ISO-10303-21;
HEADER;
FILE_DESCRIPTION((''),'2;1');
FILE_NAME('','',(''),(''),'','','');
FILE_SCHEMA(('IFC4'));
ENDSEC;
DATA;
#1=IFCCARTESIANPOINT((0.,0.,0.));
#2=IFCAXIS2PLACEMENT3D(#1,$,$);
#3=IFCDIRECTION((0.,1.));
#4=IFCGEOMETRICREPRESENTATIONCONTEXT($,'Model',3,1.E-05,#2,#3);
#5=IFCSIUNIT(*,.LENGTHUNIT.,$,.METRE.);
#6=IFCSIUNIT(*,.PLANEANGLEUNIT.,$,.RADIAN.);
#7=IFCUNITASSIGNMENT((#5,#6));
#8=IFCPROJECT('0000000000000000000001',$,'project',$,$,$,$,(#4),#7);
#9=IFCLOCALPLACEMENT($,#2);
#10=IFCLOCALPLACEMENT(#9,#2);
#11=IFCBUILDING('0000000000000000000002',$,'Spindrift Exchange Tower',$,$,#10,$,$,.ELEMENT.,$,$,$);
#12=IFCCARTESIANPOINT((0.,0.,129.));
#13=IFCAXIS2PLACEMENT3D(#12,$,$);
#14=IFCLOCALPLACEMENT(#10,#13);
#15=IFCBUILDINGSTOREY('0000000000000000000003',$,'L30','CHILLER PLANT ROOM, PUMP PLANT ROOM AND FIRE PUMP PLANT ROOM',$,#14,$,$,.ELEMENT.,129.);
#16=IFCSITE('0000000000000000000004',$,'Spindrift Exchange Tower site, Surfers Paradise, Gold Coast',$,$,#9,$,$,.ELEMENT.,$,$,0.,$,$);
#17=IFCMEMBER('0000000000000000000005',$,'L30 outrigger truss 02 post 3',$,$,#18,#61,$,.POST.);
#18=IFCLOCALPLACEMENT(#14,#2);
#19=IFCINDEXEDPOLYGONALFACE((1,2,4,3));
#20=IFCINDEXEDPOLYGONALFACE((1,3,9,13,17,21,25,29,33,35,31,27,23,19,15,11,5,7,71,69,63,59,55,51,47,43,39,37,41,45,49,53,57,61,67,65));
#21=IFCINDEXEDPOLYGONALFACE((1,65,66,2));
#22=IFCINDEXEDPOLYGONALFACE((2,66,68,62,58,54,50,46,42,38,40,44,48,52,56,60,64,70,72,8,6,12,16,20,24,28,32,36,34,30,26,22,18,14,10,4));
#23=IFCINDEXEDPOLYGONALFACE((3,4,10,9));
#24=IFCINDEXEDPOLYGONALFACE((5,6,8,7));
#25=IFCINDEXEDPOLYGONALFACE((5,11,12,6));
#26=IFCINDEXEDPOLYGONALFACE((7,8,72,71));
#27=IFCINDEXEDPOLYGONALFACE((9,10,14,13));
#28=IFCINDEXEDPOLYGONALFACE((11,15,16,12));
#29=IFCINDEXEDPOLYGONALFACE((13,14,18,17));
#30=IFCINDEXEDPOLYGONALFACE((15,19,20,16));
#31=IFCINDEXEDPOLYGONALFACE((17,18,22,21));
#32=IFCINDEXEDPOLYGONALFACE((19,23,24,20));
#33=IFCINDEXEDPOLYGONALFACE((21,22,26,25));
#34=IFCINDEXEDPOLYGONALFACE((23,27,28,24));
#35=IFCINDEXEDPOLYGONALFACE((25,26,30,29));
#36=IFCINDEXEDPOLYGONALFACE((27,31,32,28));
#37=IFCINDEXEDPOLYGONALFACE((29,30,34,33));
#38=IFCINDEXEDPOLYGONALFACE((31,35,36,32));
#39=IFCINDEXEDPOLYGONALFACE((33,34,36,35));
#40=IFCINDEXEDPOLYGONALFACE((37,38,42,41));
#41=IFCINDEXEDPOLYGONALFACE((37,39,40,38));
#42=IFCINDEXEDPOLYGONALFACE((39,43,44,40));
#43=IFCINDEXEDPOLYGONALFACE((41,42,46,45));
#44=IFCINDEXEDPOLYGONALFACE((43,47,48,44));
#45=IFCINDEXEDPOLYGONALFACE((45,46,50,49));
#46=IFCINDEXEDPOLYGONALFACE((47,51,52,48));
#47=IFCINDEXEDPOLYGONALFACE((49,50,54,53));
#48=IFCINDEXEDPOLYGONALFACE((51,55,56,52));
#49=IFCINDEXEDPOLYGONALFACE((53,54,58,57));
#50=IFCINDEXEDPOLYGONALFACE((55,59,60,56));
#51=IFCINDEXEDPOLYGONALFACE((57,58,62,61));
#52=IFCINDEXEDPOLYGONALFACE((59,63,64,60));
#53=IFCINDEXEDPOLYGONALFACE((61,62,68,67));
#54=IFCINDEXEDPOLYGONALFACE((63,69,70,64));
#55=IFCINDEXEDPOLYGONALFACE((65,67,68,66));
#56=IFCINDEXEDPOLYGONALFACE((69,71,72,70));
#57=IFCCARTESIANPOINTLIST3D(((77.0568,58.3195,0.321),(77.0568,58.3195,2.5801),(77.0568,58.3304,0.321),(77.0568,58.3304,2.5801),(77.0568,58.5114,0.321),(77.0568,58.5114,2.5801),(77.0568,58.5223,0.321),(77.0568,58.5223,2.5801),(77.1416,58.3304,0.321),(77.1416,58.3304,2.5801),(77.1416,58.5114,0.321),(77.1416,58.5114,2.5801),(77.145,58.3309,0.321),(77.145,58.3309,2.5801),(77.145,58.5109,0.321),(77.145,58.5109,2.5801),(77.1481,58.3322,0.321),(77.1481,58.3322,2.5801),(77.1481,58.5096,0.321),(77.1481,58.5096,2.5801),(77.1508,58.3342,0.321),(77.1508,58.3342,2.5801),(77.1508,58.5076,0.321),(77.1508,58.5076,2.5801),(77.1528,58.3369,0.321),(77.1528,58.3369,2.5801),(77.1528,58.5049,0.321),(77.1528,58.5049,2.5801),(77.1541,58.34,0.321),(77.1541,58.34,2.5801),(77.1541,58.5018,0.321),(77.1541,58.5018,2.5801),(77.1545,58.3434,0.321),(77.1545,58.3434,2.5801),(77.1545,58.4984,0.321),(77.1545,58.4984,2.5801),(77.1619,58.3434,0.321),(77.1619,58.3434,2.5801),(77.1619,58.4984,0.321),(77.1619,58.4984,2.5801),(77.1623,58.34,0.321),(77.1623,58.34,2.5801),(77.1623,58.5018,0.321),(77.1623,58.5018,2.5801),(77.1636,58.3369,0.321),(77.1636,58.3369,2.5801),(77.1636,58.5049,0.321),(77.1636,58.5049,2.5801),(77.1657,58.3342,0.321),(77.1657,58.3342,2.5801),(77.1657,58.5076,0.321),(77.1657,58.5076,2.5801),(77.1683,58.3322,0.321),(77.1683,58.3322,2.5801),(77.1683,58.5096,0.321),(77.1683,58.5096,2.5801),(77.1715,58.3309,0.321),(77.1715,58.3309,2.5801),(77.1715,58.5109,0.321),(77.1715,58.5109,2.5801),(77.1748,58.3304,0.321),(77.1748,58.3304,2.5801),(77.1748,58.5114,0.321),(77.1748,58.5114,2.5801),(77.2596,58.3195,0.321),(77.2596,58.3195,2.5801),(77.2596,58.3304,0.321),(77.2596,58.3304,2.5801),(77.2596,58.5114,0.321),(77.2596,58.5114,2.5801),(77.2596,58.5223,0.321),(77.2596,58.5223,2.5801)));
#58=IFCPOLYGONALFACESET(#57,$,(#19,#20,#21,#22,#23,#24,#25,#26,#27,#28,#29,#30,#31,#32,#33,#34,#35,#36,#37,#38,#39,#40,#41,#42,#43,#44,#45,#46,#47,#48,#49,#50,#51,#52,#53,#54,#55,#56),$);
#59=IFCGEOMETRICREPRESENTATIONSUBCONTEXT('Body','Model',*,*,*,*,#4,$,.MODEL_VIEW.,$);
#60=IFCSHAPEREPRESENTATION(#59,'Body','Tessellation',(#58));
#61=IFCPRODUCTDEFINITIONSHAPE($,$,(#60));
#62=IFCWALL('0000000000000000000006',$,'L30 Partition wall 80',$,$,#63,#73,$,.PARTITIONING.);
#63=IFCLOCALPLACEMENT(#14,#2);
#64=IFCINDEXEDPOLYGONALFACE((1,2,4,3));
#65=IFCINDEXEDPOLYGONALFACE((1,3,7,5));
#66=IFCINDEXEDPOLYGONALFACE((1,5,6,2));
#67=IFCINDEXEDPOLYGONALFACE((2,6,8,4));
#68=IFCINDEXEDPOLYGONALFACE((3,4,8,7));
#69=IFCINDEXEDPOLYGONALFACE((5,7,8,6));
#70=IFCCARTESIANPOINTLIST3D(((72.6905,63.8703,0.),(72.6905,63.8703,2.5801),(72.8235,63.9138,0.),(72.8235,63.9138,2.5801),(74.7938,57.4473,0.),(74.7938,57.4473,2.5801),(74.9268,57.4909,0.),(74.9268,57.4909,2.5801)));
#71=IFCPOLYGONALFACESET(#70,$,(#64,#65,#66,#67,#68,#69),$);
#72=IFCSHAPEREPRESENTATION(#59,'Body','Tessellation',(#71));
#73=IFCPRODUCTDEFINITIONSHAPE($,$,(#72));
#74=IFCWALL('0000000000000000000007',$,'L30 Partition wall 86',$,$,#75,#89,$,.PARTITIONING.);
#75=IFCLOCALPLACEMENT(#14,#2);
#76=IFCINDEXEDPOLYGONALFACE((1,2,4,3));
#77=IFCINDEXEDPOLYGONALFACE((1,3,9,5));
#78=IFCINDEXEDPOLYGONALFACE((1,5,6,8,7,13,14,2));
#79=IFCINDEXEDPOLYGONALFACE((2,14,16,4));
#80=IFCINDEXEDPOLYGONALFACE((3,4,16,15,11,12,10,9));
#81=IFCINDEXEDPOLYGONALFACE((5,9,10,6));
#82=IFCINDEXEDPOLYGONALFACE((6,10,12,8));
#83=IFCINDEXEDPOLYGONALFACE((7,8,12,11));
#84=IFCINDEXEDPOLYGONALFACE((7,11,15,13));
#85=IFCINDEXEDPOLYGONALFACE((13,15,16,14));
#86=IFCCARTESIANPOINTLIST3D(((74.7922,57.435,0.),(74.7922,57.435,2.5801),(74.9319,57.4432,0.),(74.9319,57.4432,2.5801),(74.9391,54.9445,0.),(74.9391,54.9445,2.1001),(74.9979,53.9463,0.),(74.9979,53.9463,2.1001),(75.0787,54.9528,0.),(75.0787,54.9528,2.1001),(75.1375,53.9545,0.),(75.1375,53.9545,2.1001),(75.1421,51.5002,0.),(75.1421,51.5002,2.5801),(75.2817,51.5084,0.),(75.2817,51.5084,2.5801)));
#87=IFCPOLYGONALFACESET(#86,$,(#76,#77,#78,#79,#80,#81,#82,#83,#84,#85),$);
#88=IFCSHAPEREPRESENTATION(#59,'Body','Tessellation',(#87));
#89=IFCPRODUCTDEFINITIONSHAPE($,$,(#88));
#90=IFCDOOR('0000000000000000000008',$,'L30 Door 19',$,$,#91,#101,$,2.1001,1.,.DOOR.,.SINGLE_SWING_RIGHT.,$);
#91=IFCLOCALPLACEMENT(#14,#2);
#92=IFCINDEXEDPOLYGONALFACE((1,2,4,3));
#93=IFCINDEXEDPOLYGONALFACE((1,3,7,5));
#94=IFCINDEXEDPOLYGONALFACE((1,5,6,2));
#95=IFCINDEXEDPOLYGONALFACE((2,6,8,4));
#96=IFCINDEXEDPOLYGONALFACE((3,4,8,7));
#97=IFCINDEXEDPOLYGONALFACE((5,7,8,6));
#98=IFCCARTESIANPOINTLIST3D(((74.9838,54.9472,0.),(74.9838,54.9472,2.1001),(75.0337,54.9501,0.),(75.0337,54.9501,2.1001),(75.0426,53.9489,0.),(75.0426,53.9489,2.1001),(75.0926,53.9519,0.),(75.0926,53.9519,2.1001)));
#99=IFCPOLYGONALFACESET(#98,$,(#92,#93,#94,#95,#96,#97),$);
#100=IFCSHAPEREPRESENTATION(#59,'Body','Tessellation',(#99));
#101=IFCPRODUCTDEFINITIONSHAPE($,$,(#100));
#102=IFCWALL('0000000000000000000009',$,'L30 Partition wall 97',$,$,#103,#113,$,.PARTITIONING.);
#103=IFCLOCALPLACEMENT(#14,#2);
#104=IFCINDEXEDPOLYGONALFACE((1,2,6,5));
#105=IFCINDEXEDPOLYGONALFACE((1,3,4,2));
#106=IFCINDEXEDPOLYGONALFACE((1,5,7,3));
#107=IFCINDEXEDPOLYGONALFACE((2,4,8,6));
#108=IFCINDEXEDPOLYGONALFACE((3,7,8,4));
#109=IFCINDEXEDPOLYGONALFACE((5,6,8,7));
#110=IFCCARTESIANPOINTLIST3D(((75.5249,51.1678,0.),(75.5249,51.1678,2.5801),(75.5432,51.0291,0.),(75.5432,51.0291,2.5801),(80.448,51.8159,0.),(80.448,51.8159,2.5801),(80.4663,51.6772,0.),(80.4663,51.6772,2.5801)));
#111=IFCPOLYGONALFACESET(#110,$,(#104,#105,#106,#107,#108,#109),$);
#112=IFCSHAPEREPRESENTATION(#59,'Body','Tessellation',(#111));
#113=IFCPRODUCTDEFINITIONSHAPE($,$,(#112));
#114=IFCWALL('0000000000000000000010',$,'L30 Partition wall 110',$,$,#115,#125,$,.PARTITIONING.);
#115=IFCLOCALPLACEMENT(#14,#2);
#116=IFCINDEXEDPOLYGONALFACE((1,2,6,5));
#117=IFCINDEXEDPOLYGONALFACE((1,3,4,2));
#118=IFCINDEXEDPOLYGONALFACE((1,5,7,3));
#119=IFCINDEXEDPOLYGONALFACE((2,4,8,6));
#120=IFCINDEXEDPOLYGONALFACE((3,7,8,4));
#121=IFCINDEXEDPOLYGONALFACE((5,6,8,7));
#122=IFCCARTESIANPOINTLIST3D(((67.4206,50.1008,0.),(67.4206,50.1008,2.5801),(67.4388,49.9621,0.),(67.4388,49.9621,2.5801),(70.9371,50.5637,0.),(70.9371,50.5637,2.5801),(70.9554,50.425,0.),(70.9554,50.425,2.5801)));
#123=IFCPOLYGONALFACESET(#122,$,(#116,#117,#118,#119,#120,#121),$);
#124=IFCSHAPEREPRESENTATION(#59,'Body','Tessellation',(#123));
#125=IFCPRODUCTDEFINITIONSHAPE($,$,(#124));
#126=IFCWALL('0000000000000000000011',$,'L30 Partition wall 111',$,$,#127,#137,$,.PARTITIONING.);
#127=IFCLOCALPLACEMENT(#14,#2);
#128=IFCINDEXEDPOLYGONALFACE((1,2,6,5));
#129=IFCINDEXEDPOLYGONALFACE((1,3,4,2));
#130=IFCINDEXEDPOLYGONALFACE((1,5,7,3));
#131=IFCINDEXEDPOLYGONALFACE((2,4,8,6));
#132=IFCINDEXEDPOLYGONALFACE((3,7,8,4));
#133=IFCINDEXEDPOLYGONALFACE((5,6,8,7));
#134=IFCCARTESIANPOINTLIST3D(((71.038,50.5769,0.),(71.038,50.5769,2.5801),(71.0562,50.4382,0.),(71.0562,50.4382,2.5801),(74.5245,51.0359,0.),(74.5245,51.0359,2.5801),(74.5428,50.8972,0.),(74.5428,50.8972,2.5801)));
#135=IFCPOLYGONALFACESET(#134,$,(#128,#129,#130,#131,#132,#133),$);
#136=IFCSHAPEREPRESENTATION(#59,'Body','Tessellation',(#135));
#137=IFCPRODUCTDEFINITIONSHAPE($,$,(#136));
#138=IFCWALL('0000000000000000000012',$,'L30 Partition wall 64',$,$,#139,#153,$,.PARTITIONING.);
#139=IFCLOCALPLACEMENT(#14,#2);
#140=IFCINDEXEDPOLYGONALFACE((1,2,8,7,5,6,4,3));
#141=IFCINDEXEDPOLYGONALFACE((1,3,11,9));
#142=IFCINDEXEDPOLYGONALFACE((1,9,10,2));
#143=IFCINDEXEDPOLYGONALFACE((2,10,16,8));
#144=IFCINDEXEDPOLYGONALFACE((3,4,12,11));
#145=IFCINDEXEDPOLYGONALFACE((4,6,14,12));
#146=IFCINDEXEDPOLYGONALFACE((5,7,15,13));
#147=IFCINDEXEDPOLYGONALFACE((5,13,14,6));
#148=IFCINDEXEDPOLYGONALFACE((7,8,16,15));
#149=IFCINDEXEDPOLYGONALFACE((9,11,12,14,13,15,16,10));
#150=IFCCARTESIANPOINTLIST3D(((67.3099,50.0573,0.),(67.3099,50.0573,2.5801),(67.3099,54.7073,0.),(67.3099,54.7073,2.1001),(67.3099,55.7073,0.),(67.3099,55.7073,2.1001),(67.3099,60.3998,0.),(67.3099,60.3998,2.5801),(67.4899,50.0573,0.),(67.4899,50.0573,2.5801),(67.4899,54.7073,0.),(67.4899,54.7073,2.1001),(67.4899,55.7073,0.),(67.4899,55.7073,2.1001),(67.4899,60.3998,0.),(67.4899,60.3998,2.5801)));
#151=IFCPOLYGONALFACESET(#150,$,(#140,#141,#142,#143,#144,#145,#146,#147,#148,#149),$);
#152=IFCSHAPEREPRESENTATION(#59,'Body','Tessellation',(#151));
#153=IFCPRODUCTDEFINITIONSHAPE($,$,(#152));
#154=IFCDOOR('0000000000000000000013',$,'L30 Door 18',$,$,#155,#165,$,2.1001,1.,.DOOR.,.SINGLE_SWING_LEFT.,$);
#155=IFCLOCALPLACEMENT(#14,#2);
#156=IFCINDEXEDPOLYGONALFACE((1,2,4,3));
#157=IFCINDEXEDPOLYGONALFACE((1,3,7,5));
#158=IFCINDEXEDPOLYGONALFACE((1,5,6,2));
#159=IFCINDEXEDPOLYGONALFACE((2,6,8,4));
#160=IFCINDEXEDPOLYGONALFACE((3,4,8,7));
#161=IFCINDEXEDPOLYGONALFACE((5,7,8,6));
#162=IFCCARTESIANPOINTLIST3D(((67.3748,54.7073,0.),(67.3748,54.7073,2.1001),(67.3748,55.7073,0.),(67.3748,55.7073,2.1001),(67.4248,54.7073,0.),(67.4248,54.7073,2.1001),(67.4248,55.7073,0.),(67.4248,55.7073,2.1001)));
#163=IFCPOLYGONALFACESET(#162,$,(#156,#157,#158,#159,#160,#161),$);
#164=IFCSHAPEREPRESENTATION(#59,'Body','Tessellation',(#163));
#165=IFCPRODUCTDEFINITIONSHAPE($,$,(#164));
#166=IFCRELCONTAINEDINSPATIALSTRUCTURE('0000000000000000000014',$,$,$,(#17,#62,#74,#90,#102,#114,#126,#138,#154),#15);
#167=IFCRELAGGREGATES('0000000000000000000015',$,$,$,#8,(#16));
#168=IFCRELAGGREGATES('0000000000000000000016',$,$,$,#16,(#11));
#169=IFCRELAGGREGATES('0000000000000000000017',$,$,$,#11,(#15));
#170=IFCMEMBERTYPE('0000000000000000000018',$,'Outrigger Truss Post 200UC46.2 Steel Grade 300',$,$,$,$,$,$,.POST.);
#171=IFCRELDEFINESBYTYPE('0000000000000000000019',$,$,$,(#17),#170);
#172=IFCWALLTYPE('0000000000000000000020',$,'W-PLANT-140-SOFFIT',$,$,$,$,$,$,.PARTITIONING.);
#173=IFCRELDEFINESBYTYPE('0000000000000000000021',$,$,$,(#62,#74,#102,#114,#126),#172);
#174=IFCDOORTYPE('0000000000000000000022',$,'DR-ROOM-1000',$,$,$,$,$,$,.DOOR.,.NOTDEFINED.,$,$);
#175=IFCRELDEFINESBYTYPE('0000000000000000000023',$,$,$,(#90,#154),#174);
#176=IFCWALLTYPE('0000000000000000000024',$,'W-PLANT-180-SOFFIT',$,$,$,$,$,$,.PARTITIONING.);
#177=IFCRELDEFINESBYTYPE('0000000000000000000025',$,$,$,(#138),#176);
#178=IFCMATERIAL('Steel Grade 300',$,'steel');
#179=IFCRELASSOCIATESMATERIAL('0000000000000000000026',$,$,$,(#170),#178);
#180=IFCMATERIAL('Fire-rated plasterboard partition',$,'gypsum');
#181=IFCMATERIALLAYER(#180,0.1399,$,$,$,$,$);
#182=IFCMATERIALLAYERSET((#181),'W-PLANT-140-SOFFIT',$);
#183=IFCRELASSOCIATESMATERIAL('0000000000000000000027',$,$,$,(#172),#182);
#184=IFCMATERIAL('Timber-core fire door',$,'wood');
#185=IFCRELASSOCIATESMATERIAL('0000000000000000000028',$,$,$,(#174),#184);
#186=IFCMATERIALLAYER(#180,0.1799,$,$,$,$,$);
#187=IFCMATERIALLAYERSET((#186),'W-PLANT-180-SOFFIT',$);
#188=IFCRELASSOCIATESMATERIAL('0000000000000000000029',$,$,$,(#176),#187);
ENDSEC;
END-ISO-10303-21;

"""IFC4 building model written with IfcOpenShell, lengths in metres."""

from ifc_helpers import new_model, si_unit, direction, frame, frame_2d, origin, origin_2d, place, context, subcontext, project, spatial, rectangle, i_section, extrude, source, transform, mapped, material, layer, layer_set, material_profile, profile_set, type_object, element, fill, save


model = new_model("IFC4")

# Units and contexts
model_context = context("Model", 3, precision=1e-05, world=origin(), true_north=direction((0.0, 1.0)))
body_context = subcontext(model_context, "Body", "Model", "MODEL_VIEW")
ifc_project = project(units=[si_unit("LENGTHUNIT", "METRE"), si_unit("PLANEANGLEUNIT", "RADIAN")], contexts=[model_context])

# Site, building, storey
site_placement = place(None, origin())
site = spatial("IfcSite", under=ifc_project, at=site_placement, Name="Spindrift Exchange Tower site, Surfers Paradise, Gold Coast", CompositionType="ELEMENT", RefElevation=0.0)
building_placement = place(site_placement, origin())
building = spatial("IfcBuilding", under=site, at=building_placement, Name="Spindrift Exchange Tower", CompositionType="ELEMENT")
storey_placement = place(building_placement, frame((0.0, 0.0, 129.0)))
storey = spatial("IfcBuildingStorey", under=building, at=storey_placement, Name="L30", Description="CHILLER PLANT ROOM, PUMP PLANT ROOM AND FIRE PUMP PLANT ROOM", CompositionType="ELEMENT", Elevation=129.0)

# Shared definitions
ifc_material_1 = material(Name="Steel Grade 300", Category="steel")

# Member
ifc_material_profile_1 = material_profile(ifc_material_1, i_section(OverallWidth=0.2029, OverallDepth=0.2029, WebThickness=0.0073, FlangeThickness=0.011, FilletRadius=0.0129, at=origin_2d()), Name="200UC46.2")
ifc_profile_set_1 = profile_set([ifc_material_profile_1], Name="Steel Grade 300")
member_type_1 = type_object("IfcMemberType", Name="Outrigger Truss Post 200UC46.2 Steel Grade 300", PredefinedType="POST", material=ifc_profile_set_1)
shared_shape_1 = source(origin(), body_context, "Body", "SweptSolid", [
    extrude(i_section(OverallWidth=0.2029, OverallDepth=0.2029, WebThickness=0.0073, FlangeThickness=0.011, FilletRadius=0.0129, at=origin_2d()), origin(), (0.0, 0.0, 1.0), 2.259),
])
for number, where, z_axis, x_axis, name in (
    (1, (77.1582, 58.4209, 0.321), (0.0, 0.0, 1.0), (1.0, 0.0, 0.0), "L30 outrigger truss 02 post 3"),
):
    element("IfcMember", number, at=place(storey_placement, frame(where, z_axis=z_axis, x_axis=x_axis)), inside=storey, type_object=member_type_1, Name=name, PredefinedType="POST", context=body_context, shape_type="MappedRepresentation", body=[
        mapped(shared_shape_1, transform((0.0, 0.0, 0.0), scale=1.0)),
    ])

# Wall
ifc_material_2 = material(Name="Fire-rated plasterboard partition", Category="gypsum")
ifc_layer_1 = layer(ifc_material_2, 0.1399)
ifc_layer_set_1 = layer_set([ifc_layer_1], Name="W-PLANT-140-SOFFIT")
wall_type_1 = type_object("IfcWallType", Name="W-PLANT-140-SOFFIT", PredefinedType="PARTITIONING", material=ifc_layer_set_1)
wall_1_placement = place(storey_placement, frame((74.8604, 57.469, 0.0), z_axis=(0.0, 0.0, 1.0), x_axis=(-0.311206, 0.950343, 0.0)))
element("IfcWall", 2, at=wall_1_placement, inside=storey, type_object=wall_type_1, Name="L30 Partition wall 80", PredefinedType="PARTITIONING", context=body_context, shape_type="SweptSolid", body=[
    extrude(rectangle(XDim=6.7585, YDim=0.1399, at=frame_2d((3.3794, 0.0))), origin(), (0.0, 0.0, 1.0), 2.5801),
])

# Wall, opening, door
wall_2_placement = place(storey_placement, frame((74.8621, 57.4392, 0.0), z_axis=(0.0, 0.0, 1.0), x_axis=(0.058847, -0.998267, 0.0)))
wall_2 = element("IfcWall", 3, at=wall_2_placement, inside=storey, type_object=wall_type_1, Name="L30 Partition wall 86", PredefinedType="PARTITIONING", context=body_context, shape_type="SweptSolid", body=[
    extrude(rectangle(XDim=5.9451, YDim=0.1399, at=frame_2d((2.9727, 0.0))), origin(), (0.0, 0.0, 1.0), 2.5801),
])
opening_1_placement = place(wall_2_placement, frame((2.4949, 0.0, 0.0)))
opening_1 = element("IfcOpeningElement", 4, at=opening_1_placement, cuts=wall_2, PredefinedType="OPENING", context=body_context, shape_type="SweptSolid", body=[
    extrude(rectangle(XDim=1.0, YDim=2.1001, at=frame_2d((0.5, 1.05))), frame((0.0, 0.0798, 0.0), z_axis=(0.0, -1.0, 0.0), x_axis=(1.0, 0.0, 0.0)), (0.0, 0.0, 1.0), 0.1599),
])
ifc_material_3 = material(Name="Timber-core fire door", Category="wood")
door_type = type_object("IfcDoorType", Name="DR-ROOM-1000", OperationType="NOTDEFINED", PredefinedType="DOOR", material=ifc_material_3)
shared_shape_2 = source(origin(), body_context, "Body", "SweptSolid", [
    extrude(rectangle(XDim=1.0, YDim=2.1001, at=frame_2d((0.5, 1.05))), frame((0.0, 0.0249, 0.0), z_axis=(0.0, -1.0, 0.0), x_axis=(1.0, 0.0, 0.0)), (0.0, 0.0, 1.0), 0.05),
])
door_1_placement = place(opening_1_placement, origin())
door_1 = element("IfcDoor", 5, at=door_1_placement, inside=storey, type_object=door_type, Name="L30 Door 19", OperationType="SINGLE_SWING_RIGHT", OverallHeight=2.1001, OverallWidth=1.0, PredefinedType="DOOR", context=body_context, shape_type="MappedRepresentation", body=[
    mapped(shared_shape_2, transform((0.0, 0.0, 0.0), scale=1.0)),
])
fill(opening_1, door_1)

# Walls
wall_3_placement = place(storey_placement, frame((75.5339, 51.0984, 0.0), z_axis=(0.0, 0.0, 1.0), x_axis=(0.991443, 0.130537, 0.0)))
element("IfcWall", 6, at=wall_3_placement, inside=storey, type_object=wall_type_1, Name="L30 Partition wall 97", PredefinedType="PARTITIONING", context=body_context, shape_type="SweptSolid", body=[
    extrude(rectangle(XDim=4.9656, YDim=0.1399, at=frame_2d((2.4829, 0.0))), origin(), (0.0, 0.0, 1.0), 2.5801),
])
wall_4_placement = place(storey_placement, frame((67.4297, 50.0315, 0.0), z_axis=(0.0, 0.0, 1.0), x_axis=(0.991448, 0.130504, 0.0)))
element("IfcWall", 7, at=wall_4_placement, inside=storey, type_object=wall_type_1, Name="L30 Partition wall 110", PredefinedType="PARTITIONING", context=body_context, shape_type="SweptSolid", body=[
    extrude(rectangle(XDim=3.5469, YDim=0.1399, at=frame_2d((1.7734, 0.0))), origin(), (0.0, 0.0, 1.0), 2.5801),
])
wall_5_placement = place(storey_placement, frame((71.0471, 50.5076, 0.0), z_axis=(0.0, 0.0, 1.0), x_axis=(0.991446, 0.130517, 0.0)))
element("IfcWall", 8, at=wall_5_placement, inside=storey, type_object=wall_type_1, Name="L30 Partition wall 111", PredefinedType="PARTITIONING", context=body_context, shape_type="SweptSolid", body=[
    extrude(rectangle(XDim=3.5166, YDim=0.1399, at=frame_2d((1.7583, 0.0))), origin(), (0.0, 0.0, 1.0), 2.5801),
])

# Wall, opening, door
ifc_layer_2 = layer(ifc_material_2, 0.1799)
ifc_layer_set_2 = layer_set([ifc_layer_2], Name="W-PLANT-180-SOFFIT")
wall_type_2 = type_object("IfcWallType", Name="W-PLANT-180-SOFFIT", PredefinedType="PARTITIONING", material=ifc_layer_set_2)
wall_6_placement = place(storey_placement, frame((67.3999, 60.3999, 0.0), z_axis=(0.0, 0.0, 1.0), x_axis=(0.0, -1.0, 0.0)))
wall_6 = element("IfcWall", 9, at=wall_6_placement, inside=storey, type_object=wall_type_2, Name="L30 Partition wall 64", PredefinedType="PARTITIONING", context=body_context, shape_type="SweptSolid", body=[
    extrude(rectangle(XDim=10.3425, YDim=0.1799, at=frame_2d((5.1714, 0.0))), origin(), (0.0, 0.0, 1.0), 2.5801),
])
opening_2_placement = place(wall_6_placement, frame((4.6926, 0.0, 0.0)))
opening_2 = element("IfcOpeningElement", 10, at=opening_2_placement, cuts=wall_6, PredefinedType="OPENING", context=body_context, shape_type="SweptSolid", body=[
    extrude(rectangle(XDim=1.0, YDim=2.1001, at=frame_2d((0.5, 1.05))), frame((0.0, 0.0999, 0.0), z_axis=(0.0, -1.0, 0.0), x_axis=(1.0, 0.0, 0.0)), (0.0, 0.0, 1.0), 0.2),
])
door_2_placement = place(opening_2_placement, origin())
door_2 = element("IfcDoor", 11, at=door_2_placement, inside=storey, type_object=door_type, Name="L30 Door 18", OperationType="SINGLE_SWING_LEFT", OverallHeight=2.1001, OverallWidth=1.0, PredefinedType="DOOR", context=body_context, shape_type="MappedRepresentation", body=[
    mapped(shared_shape_2, transform((0.0, 0.0, 0.0), scale=1.0)),
])
fill(opening_2, door_2)

save(model, "model.ifc")
